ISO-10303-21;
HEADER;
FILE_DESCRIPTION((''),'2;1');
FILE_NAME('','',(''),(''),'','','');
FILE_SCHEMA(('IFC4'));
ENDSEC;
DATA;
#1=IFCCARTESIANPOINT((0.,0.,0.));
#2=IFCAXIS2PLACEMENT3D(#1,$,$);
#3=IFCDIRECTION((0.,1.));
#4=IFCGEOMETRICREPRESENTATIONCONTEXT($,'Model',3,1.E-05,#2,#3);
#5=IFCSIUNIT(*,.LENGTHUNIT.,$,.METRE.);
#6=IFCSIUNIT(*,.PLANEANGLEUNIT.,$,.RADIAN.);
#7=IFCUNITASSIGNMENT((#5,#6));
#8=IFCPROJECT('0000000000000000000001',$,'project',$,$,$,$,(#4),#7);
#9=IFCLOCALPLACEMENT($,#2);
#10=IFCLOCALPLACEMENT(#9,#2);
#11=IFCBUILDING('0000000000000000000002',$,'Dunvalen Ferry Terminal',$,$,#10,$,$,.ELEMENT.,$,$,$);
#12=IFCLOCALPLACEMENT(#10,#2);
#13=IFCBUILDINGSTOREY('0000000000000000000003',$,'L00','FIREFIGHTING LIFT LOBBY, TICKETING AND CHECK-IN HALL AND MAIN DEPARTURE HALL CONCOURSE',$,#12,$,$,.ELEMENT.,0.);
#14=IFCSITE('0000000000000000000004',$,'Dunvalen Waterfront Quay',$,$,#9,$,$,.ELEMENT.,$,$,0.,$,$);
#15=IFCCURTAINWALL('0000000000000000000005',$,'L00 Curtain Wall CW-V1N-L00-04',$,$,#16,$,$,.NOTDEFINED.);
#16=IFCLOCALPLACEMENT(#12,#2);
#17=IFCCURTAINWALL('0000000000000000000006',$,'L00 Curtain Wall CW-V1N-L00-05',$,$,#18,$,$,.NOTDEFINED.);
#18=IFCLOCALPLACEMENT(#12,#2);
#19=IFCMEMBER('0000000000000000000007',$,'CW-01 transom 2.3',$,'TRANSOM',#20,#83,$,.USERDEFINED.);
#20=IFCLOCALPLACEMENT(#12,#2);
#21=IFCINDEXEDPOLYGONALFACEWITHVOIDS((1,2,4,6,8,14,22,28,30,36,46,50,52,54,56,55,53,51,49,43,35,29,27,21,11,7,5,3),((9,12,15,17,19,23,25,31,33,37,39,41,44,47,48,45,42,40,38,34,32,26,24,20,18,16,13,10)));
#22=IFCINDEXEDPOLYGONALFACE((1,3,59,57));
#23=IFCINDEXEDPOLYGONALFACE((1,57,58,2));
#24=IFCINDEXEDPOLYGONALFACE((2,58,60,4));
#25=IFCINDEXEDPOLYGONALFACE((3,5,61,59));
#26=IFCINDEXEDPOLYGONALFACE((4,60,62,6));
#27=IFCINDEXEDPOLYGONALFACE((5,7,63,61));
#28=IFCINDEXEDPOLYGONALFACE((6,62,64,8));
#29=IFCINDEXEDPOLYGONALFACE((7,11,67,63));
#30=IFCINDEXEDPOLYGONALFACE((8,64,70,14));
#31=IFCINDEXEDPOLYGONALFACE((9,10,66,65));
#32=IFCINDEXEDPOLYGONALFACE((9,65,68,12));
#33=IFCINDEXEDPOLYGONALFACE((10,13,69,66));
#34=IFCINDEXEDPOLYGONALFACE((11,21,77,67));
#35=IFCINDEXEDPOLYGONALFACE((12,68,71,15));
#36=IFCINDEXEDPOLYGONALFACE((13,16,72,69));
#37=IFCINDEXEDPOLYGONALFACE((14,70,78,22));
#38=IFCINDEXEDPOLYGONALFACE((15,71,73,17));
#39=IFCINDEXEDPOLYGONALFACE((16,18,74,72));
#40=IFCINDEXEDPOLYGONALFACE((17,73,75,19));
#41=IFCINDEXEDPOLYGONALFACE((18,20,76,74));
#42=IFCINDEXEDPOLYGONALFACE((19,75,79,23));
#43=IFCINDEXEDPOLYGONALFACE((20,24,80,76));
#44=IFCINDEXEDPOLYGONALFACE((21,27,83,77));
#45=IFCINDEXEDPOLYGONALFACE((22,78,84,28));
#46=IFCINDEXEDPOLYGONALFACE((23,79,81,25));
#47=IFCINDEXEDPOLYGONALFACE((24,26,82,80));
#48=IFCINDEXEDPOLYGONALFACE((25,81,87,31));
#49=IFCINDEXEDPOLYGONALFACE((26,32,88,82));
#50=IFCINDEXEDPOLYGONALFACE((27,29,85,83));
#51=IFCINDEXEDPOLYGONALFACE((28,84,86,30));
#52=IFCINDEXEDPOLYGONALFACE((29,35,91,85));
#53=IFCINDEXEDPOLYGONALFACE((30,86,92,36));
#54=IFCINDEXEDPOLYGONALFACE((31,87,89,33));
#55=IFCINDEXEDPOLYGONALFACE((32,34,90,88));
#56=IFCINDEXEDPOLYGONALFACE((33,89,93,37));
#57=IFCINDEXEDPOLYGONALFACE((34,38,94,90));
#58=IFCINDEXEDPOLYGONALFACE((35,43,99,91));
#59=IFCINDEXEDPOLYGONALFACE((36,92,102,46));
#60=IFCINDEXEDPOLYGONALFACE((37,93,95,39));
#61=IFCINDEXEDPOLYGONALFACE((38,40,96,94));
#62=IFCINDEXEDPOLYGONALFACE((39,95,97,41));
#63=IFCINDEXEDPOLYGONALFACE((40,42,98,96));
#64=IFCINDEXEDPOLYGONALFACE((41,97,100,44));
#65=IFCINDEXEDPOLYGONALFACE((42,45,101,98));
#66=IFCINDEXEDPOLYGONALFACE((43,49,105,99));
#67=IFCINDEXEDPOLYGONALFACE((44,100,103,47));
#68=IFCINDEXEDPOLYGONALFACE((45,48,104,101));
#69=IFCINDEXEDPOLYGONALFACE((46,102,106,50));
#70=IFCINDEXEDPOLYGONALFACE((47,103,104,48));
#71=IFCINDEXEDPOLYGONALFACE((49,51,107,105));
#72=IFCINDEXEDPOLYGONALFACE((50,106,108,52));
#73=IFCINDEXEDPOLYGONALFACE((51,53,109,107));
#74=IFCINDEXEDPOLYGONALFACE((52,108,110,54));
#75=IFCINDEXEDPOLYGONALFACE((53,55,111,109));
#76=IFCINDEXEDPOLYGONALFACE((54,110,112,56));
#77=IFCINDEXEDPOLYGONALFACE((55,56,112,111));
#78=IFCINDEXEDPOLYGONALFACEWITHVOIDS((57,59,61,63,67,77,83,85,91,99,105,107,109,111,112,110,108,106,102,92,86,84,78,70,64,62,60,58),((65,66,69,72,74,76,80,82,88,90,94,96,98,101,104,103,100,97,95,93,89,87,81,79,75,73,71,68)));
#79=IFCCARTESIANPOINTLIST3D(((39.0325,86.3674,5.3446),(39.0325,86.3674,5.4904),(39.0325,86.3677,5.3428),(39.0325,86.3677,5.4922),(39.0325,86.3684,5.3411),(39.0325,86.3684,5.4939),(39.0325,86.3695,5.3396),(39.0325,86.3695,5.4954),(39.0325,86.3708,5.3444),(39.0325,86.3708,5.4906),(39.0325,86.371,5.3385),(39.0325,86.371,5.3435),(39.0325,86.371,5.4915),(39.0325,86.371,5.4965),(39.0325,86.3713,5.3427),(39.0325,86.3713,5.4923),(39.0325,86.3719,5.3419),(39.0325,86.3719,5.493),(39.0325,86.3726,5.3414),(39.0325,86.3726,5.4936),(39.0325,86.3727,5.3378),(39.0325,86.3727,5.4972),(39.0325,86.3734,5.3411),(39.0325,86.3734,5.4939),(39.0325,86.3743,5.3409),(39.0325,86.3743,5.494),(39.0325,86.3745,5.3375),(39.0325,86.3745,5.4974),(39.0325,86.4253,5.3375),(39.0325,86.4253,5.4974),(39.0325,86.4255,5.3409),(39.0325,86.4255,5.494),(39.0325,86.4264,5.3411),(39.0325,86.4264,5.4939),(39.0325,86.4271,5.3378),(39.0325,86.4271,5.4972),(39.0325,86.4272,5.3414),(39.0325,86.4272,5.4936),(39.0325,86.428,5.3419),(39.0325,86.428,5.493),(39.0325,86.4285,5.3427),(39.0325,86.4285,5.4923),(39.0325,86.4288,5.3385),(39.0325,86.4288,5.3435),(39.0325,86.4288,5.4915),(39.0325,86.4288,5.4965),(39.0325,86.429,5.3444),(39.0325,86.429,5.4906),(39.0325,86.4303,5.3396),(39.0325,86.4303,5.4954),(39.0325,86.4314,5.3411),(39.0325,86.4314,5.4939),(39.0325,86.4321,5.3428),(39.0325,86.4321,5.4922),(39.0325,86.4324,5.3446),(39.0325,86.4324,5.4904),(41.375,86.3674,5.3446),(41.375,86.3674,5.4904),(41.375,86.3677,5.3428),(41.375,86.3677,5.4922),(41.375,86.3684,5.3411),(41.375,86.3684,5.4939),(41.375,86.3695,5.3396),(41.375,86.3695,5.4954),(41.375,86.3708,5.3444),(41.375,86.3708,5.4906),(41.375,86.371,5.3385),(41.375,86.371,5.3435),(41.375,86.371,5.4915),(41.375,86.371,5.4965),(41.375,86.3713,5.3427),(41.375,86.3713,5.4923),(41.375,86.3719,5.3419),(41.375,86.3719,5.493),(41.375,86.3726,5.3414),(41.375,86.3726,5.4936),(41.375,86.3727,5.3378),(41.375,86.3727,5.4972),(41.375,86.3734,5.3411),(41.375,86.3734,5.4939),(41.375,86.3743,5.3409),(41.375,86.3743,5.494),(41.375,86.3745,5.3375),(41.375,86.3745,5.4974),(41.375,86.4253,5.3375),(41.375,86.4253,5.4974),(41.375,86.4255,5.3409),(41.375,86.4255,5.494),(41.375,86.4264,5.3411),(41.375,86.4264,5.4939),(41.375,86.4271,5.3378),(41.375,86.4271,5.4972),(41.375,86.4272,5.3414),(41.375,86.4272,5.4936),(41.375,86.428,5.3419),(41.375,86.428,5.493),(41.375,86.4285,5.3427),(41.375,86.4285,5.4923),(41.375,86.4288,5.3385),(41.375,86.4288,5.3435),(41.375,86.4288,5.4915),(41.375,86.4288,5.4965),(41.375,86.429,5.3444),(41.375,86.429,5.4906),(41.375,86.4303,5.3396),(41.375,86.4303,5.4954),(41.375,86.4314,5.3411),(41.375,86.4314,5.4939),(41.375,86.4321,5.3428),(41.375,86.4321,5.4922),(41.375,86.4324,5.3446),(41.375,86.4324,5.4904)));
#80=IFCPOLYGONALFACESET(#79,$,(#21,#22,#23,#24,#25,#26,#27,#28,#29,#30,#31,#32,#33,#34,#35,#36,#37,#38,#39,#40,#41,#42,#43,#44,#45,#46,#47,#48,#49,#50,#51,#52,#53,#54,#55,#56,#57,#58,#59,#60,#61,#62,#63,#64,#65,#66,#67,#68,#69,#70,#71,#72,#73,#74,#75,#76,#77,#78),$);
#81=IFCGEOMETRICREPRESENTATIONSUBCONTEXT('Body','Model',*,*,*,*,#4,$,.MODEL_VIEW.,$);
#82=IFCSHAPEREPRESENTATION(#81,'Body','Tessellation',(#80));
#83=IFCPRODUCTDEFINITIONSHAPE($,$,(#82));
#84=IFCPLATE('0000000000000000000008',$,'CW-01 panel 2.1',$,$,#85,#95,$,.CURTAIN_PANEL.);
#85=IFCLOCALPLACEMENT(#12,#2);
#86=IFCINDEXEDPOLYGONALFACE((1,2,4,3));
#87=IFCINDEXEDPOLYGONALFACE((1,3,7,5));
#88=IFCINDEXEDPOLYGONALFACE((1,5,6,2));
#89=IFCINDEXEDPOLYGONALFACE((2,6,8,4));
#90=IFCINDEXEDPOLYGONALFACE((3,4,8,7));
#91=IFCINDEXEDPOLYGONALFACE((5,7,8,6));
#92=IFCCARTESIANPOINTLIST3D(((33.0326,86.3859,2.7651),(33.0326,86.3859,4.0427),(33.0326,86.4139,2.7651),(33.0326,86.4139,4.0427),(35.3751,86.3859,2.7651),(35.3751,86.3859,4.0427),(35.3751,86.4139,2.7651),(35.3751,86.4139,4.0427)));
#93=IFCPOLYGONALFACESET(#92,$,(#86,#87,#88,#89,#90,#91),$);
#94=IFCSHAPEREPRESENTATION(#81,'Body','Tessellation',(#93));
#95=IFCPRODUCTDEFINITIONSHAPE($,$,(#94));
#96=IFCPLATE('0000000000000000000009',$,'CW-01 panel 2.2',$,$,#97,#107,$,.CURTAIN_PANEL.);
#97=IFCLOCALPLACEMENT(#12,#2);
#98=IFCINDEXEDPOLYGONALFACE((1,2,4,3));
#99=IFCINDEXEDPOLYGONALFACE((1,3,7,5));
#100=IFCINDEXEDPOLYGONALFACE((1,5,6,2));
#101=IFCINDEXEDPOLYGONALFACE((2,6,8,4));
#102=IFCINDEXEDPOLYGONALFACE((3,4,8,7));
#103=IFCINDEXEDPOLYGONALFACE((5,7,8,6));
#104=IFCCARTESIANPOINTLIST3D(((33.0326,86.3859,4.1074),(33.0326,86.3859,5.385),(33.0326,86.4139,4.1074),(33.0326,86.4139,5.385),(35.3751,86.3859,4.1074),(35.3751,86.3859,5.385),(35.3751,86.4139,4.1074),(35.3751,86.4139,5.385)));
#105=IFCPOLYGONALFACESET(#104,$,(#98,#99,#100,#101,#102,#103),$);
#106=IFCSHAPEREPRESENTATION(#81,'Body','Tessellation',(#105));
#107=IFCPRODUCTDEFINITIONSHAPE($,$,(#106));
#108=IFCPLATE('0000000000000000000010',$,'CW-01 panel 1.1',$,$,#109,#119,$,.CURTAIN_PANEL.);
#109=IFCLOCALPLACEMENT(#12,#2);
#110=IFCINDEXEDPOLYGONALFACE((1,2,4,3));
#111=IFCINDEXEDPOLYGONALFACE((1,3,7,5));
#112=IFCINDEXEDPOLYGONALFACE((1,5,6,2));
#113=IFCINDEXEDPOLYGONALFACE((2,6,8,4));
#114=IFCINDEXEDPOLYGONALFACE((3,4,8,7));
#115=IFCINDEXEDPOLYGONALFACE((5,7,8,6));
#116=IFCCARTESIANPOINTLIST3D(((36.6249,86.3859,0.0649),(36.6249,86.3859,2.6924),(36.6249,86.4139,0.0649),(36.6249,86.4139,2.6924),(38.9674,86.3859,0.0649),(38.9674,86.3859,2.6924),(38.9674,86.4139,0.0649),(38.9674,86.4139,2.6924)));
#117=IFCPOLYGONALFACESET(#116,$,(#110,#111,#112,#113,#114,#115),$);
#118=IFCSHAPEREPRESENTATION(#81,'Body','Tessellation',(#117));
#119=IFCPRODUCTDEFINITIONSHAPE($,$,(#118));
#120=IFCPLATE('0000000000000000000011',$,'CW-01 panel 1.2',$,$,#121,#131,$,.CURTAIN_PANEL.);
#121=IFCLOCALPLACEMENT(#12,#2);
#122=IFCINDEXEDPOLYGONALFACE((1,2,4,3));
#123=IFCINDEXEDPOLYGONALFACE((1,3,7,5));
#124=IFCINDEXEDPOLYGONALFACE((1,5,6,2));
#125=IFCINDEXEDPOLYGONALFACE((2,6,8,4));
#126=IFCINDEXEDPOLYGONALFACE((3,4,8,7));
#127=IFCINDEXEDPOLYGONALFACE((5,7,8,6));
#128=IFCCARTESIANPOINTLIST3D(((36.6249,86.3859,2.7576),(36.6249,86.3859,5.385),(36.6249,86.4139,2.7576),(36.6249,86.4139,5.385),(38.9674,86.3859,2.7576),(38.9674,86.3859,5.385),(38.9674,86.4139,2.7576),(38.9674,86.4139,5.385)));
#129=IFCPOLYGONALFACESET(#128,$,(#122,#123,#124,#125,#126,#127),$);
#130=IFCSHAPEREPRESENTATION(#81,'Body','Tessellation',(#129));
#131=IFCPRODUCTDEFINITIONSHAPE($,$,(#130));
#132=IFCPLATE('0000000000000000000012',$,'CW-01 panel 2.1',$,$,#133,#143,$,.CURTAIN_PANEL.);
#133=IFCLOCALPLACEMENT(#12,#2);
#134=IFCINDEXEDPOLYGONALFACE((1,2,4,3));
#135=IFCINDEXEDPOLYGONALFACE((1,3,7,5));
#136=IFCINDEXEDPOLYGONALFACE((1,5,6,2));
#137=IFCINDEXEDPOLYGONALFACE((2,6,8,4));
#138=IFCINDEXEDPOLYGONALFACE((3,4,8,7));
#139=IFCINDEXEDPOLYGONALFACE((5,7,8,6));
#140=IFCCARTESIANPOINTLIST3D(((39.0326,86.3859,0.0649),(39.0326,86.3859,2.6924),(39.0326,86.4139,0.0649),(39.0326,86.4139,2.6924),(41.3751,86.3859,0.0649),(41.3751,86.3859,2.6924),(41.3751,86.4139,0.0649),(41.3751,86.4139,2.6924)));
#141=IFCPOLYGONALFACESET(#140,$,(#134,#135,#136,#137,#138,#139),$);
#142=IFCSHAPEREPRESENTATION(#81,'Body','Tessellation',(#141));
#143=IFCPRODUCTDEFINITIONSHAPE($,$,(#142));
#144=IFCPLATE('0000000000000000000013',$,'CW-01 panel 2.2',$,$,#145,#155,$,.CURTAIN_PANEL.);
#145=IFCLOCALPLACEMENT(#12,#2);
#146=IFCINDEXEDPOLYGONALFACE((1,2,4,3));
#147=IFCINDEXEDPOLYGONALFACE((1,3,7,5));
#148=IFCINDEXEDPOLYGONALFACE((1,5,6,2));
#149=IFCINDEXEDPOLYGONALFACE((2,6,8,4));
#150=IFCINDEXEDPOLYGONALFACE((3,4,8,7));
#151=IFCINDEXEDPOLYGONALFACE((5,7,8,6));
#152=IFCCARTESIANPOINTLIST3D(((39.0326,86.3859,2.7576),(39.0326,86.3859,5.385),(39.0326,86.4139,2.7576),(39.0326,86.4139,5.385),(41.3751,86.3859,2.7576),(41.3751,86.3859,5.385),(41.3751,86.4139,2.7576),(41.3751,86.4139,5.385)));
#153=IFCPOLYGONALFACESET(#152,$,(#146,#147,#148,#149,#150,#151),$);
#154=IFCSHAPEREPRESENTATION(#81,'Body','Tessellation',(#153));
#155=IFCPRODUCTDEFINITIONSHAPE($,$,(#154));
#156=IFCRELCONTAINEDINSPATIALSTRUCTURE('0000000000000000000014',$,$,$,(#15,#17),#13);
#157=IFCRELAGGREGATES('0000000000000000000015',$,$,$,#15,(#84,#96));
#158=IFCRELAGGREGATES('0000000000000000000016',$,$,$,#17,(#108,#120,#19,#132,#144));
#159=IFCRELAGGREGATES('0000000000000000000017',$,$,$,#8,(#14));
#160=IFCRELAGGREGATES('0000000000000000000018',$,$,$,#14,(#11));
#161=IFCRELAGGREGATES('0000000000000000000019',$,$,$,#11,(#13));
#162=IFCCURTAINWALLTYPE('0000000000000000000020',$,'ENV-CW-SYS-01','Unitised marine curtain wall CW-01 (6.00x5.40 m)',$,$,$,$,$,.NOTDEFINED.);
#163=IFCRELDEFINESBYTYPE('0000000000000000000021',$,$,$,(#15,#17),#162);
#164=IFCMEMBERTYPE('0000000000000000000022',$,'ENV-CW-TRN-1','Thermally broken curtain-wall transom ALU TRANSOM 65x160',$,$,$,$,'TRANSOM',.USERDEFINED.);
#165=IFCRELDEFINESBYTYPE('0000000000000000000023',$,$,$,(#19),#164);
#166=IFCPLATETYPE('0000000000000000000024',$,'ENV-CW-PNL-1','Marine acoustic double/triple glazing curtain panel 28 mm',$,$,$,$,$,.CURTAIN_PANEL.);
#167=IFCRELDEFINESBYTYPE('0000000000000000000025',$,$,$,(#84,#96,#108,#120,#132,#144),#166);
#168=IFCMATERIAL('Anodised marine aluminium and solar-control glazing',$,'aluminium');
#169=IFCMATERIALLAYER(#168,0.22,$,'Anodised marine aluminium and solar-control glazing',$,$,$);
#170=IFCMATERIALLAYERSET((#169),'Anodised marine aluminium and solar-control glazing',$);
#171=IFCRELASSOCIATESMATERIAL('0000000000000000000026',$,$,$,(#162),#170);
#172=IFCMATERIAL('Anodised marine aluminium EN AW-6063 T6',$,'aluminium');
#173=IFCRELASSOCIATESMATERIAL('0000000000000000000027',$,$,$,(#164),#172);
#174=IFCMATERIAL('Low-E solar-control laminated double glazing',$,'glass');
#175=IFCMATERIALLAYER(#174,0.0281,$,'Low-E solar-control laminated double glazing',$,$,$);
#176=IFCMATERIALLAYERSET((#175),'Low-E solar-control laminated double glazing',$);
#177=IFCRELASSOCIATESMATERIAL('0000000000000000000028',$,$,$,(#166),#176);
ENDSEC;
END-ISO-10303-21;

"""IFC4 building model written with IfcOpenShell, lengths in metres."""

from ifc_helpers import new_model, si_unit, direction, frame, origin, origin_2d, place, context, subcontext, project, spatial, rectangle, hollow_rectangle, extrude, material, layer, layer_set, material_profile, profile_set, type_object, element, aggregate, save


model = new_model("IFC4")

# Units and contexts
model_context = context("Model", 3, precision=1e-05, world=origin(), true_north=direction((0.0, 1.0)))
body_context = subcontext(model_context, "Body", "Model", "MODEL_VIEW")
ifc_project = project(units=[si_unit("LENGTHUNIT", "METRE"), si_unit("PLANEANGLEUNIT", "RADIAN")], contexts=[model_context])

# Site, building, storey
site_placement = place(None, origin())
site = spatial("IfcSite", under=ifc_project, at=site_placement, Name="Dunvalen Waterfront Quay", CompositionType="ELEMENT", RefElevation=0.0)
building_placement = place(site_placement, origin())
building = spatial("IfcBuilding", under=site, at=building_placement, Name="Dunvalen Ferry Terminal", CompositionType="ELEMENT")
storey_placement = place(building_placement, origin())
storey = spatial("IfcBuildingStorey", under=building, at=storey_placement, Name="L00", Description="FIREFIGHTING LIFT LOBBY, TICKETING AND CHECK-IN HALL AND MAIN DEPARTURE HALL CONCOURSE", CompositionType="ELEMENT", Elevation=0.0)

# Curtain wall
ifc_material_1 = material(Name="Anodised marine aluminium and solar-control glazing", Category="aluminium")
ifc_layer_1 = layer(ifc_material_1, 0.22, Name="Anodised marine aluminium and solar-control glazing")
ifc_layer_set_1 = layer_set([ifc_layer_1], Name="Anodised marine aluminium and solar-control glazing")
curtain_wall_type = type_object("IfcCurtainWallType", Name="ENV-CW-SYS-01", Description="Unitised marine curtain wall CW-01 (6.00x5.40 m)", PredefinedType="NOTDEFINED", material=ifc_layer_set_1)
curtain_wall_1_placement = place(storey_placement, origin())
curtain_wall_1 = element("IfcCurtainWall", 1, at=curtain_wall_1_placement, inside=storey, type_object=curtain_wall_type, Name="L00 Curtain Wall CW-V1N-L00-04", PredefinedType="NOTDEFINED")
ifc_material_2 = material(Name="Anodised marine aluminium EN AW-6063 T6", Category="aluminium")

# Curtain wall, member
curtain_wall_2_placement = place(storey_placement, origin())
curtain_wall_2 = element("IfcCurtainWall", 2, at=curtain_wall_2_placement, inside=storey, type_object=curtain_wall_type, Name="L00 Curtain Wall CW-V1N-L00-05", PredefinedType="NOTDEFINED")
ifc_material_profile_1 = material_profile(ifc_material_2, hollow_rectangle(XDim=0.0649, YDim=0.1599, WallThickness=0.0034, InnerFilletRadius=0.0034, OuterFilletRadius=0.0071, at=origin_2d()), Name="Anodised marine aluminium EN AW-6063 T6")
ifc_profile_set_1 = profile_set([ifc_material_profile_1], Name="Anodised marine aluminium EN AW-6063 T6")
member_type_1 = type_object("IfcMemberType", Name="ENV-CW-TRN-1", Description="Thermally broken curtain-wall transom ALU TRANSOM 65x160", ElementType="TRANSOM", PredefinedType="USERDEFINED", material=ifc_profile_set_1)
member_1_placement = place(storey_placement, frame((39.0325, 86.3999, 5.4175), z_axis=(1.0, 0.0, 0.0), x_axis=(0.0, 1.0, 0.0)))
member_1 = element("IfcMember", 3, at=member_1_placement, type_object=member_type_1, Name="CW-01 transom 2.3", ObjectType="TRANSOM", PredefinedType="USERDEFINED", context=body_context, shape_type="SweptSolid", body=[
    extrude(hollow_rectangle(XDim=0.0649, YDim=0.1599, WallThickness=0.0034, InnerFilletRadius=0.0034, OuterFilletRadius=0.0071, at=origin_2d()), origin(), (0.0, 0.0, 1.0), 2.3425),
])

# Plates
ifc_material_3 = material(Name="Low-E solar-control laminated double glazing", Category="glass")
ifc_layer_2 = layer(ifc_material_3, 0.0281, Name="Low-E solar-control laminated double glazing")
ifc_layer_set_2 = layer_set([ifc_layer_2], Name="Low-E solar-control laminated double glazing")
plate_type = type_object("IfcPlateType", Name="ENV-CW-PNL-1", Description="Marine acoustic double/triple glazing curtain panel 28 mm", PredefinedType="CURTAIN_PANEL", material=ifc_layer_set_2)
plate_1_placement = place(storey_placement, frame((34.2039, 86.3999, 2.7651), z_axis=(0.0, 0.0, 1.0), x_axis=(1.0, 0.0, 0.0)))
plate_1 = element("IfcPlate", 4, at=plate_1_placement, type_object=plate_type, Name="CW-01 panel 2.1", PredefinedType="CURTAIN_PANEL", context=body_context, shape_type="SweptSolid", body=[
    extrude(rectangle(XDim=2.3425, YDim=0.0281, at=origin_2d()), origin(), (0.0, 0.0, 1.0), 1.2776),
])
plate_2_placement = place(storey_placement, frame((34.2039, 86.3999, 4.1074), z_axis=(0.0, 0.0, 1.0), x_axis=(1.0, 0.0, 0.0)))
plate_2 = element("IfcPlate", 5, at=plate_2_placement, type_object=plate_type, Name="CW-01 panel 2.2", PredefinedType="CURTAIN_PANEL", context=body_context, shape_type="SweptSolid", body=[
    extrude(rectangle(XDim=2.3425, YDim=0.0281, at=origin_2d()), origin(), (0.0, 0.0, 1.0), 1.2776),
])
aggregate(curtain_wall_1, [plate_1, plate_2])
plate_3_placement = place(storey_placement, frame((37.7961, 86.3999, 0.0649), z_axis=(0.0, 0.0, 1.0), x_axis=(1.0, 0.0, 0.0)))
plate_3 = element("IfcPlate", 6, at=plate_3_placement, type_object=plate_type, Name="CW-01 panel 1.1", PredefinedType="CURTAIN_PANEL", context=body_context, shape_type="SweptSolid", body=[
    extrude(rectangle(XDim=2.3425, YDim=0.0281, at=origin_2d()), origin(), (0.0, 0.0, 1.0), 2.6274),
])
plate_4_placement = place(storey_placement, frame((37.7961, 86.3999, 2.7576), z_axis=(0.0, 0.0, 1.0), x_axis=(1.0, 0.0, 0.0)))
plate_4 = element("IfcPlate", 7, at=plate_4_placement, type_object=plate_type, Name="CW-01 panel 1.2", PredefinedType="CURTAIN_PANEL", context=body_context, shape_type="SweptSolid", body=[
    extrude(rectangle(XDim=2.3425, YDim=0.0281, at=origin_2d()), origin(), (0.0, 0.0, 1.0), 2.6274),
])
plate_5_placement = place(storey_placement, frame((40.2039, 86.3999, 0.0649), z_axis=(0.0, 0.0, 1.0), x_axis=(1.0, 0.0, 0.0)))
plate_5 = element("IfcPlate", 8, at=plate_5_placement, type_object=plate_type, Name="CW-01 panel 2.1", PredefinedType="CURTAIN_PANEL", context=body_context, shape_type="SweptSolid", body=[
    extrude(rectangle(XDim=2.3425, YDim=0.0281, at=origin_2d()), origin(), (0.0, 0.0, 1.0), 2.6274),
])
plate_6_placement = place(storey_placement, frame((40.2039, 86.3999, 2.7576), z_axis=(0.0, 0.0, 1.0), x_axis=(1.0, 0.0, 0.0)))
plate_6 = element("IfcPlate", 9, at=plate_6_placement, type_object=plate_type, Name="CW-01 panel 2.2", PredefinedType="CURTAIN_PANEL", context=body_context, shape_type="SweptSolid", body=[
    extrude(rectangle(XDim=2.3425, YDim=0.0281, at=origin_2d()), origin(), (0.0, 0.0, 1.0), 2.6274),
])
aggregate(curtain_wall_2, [plate_3, plate_4, member_1, plate_5, plate_6])

save(model, "model.ifc")
